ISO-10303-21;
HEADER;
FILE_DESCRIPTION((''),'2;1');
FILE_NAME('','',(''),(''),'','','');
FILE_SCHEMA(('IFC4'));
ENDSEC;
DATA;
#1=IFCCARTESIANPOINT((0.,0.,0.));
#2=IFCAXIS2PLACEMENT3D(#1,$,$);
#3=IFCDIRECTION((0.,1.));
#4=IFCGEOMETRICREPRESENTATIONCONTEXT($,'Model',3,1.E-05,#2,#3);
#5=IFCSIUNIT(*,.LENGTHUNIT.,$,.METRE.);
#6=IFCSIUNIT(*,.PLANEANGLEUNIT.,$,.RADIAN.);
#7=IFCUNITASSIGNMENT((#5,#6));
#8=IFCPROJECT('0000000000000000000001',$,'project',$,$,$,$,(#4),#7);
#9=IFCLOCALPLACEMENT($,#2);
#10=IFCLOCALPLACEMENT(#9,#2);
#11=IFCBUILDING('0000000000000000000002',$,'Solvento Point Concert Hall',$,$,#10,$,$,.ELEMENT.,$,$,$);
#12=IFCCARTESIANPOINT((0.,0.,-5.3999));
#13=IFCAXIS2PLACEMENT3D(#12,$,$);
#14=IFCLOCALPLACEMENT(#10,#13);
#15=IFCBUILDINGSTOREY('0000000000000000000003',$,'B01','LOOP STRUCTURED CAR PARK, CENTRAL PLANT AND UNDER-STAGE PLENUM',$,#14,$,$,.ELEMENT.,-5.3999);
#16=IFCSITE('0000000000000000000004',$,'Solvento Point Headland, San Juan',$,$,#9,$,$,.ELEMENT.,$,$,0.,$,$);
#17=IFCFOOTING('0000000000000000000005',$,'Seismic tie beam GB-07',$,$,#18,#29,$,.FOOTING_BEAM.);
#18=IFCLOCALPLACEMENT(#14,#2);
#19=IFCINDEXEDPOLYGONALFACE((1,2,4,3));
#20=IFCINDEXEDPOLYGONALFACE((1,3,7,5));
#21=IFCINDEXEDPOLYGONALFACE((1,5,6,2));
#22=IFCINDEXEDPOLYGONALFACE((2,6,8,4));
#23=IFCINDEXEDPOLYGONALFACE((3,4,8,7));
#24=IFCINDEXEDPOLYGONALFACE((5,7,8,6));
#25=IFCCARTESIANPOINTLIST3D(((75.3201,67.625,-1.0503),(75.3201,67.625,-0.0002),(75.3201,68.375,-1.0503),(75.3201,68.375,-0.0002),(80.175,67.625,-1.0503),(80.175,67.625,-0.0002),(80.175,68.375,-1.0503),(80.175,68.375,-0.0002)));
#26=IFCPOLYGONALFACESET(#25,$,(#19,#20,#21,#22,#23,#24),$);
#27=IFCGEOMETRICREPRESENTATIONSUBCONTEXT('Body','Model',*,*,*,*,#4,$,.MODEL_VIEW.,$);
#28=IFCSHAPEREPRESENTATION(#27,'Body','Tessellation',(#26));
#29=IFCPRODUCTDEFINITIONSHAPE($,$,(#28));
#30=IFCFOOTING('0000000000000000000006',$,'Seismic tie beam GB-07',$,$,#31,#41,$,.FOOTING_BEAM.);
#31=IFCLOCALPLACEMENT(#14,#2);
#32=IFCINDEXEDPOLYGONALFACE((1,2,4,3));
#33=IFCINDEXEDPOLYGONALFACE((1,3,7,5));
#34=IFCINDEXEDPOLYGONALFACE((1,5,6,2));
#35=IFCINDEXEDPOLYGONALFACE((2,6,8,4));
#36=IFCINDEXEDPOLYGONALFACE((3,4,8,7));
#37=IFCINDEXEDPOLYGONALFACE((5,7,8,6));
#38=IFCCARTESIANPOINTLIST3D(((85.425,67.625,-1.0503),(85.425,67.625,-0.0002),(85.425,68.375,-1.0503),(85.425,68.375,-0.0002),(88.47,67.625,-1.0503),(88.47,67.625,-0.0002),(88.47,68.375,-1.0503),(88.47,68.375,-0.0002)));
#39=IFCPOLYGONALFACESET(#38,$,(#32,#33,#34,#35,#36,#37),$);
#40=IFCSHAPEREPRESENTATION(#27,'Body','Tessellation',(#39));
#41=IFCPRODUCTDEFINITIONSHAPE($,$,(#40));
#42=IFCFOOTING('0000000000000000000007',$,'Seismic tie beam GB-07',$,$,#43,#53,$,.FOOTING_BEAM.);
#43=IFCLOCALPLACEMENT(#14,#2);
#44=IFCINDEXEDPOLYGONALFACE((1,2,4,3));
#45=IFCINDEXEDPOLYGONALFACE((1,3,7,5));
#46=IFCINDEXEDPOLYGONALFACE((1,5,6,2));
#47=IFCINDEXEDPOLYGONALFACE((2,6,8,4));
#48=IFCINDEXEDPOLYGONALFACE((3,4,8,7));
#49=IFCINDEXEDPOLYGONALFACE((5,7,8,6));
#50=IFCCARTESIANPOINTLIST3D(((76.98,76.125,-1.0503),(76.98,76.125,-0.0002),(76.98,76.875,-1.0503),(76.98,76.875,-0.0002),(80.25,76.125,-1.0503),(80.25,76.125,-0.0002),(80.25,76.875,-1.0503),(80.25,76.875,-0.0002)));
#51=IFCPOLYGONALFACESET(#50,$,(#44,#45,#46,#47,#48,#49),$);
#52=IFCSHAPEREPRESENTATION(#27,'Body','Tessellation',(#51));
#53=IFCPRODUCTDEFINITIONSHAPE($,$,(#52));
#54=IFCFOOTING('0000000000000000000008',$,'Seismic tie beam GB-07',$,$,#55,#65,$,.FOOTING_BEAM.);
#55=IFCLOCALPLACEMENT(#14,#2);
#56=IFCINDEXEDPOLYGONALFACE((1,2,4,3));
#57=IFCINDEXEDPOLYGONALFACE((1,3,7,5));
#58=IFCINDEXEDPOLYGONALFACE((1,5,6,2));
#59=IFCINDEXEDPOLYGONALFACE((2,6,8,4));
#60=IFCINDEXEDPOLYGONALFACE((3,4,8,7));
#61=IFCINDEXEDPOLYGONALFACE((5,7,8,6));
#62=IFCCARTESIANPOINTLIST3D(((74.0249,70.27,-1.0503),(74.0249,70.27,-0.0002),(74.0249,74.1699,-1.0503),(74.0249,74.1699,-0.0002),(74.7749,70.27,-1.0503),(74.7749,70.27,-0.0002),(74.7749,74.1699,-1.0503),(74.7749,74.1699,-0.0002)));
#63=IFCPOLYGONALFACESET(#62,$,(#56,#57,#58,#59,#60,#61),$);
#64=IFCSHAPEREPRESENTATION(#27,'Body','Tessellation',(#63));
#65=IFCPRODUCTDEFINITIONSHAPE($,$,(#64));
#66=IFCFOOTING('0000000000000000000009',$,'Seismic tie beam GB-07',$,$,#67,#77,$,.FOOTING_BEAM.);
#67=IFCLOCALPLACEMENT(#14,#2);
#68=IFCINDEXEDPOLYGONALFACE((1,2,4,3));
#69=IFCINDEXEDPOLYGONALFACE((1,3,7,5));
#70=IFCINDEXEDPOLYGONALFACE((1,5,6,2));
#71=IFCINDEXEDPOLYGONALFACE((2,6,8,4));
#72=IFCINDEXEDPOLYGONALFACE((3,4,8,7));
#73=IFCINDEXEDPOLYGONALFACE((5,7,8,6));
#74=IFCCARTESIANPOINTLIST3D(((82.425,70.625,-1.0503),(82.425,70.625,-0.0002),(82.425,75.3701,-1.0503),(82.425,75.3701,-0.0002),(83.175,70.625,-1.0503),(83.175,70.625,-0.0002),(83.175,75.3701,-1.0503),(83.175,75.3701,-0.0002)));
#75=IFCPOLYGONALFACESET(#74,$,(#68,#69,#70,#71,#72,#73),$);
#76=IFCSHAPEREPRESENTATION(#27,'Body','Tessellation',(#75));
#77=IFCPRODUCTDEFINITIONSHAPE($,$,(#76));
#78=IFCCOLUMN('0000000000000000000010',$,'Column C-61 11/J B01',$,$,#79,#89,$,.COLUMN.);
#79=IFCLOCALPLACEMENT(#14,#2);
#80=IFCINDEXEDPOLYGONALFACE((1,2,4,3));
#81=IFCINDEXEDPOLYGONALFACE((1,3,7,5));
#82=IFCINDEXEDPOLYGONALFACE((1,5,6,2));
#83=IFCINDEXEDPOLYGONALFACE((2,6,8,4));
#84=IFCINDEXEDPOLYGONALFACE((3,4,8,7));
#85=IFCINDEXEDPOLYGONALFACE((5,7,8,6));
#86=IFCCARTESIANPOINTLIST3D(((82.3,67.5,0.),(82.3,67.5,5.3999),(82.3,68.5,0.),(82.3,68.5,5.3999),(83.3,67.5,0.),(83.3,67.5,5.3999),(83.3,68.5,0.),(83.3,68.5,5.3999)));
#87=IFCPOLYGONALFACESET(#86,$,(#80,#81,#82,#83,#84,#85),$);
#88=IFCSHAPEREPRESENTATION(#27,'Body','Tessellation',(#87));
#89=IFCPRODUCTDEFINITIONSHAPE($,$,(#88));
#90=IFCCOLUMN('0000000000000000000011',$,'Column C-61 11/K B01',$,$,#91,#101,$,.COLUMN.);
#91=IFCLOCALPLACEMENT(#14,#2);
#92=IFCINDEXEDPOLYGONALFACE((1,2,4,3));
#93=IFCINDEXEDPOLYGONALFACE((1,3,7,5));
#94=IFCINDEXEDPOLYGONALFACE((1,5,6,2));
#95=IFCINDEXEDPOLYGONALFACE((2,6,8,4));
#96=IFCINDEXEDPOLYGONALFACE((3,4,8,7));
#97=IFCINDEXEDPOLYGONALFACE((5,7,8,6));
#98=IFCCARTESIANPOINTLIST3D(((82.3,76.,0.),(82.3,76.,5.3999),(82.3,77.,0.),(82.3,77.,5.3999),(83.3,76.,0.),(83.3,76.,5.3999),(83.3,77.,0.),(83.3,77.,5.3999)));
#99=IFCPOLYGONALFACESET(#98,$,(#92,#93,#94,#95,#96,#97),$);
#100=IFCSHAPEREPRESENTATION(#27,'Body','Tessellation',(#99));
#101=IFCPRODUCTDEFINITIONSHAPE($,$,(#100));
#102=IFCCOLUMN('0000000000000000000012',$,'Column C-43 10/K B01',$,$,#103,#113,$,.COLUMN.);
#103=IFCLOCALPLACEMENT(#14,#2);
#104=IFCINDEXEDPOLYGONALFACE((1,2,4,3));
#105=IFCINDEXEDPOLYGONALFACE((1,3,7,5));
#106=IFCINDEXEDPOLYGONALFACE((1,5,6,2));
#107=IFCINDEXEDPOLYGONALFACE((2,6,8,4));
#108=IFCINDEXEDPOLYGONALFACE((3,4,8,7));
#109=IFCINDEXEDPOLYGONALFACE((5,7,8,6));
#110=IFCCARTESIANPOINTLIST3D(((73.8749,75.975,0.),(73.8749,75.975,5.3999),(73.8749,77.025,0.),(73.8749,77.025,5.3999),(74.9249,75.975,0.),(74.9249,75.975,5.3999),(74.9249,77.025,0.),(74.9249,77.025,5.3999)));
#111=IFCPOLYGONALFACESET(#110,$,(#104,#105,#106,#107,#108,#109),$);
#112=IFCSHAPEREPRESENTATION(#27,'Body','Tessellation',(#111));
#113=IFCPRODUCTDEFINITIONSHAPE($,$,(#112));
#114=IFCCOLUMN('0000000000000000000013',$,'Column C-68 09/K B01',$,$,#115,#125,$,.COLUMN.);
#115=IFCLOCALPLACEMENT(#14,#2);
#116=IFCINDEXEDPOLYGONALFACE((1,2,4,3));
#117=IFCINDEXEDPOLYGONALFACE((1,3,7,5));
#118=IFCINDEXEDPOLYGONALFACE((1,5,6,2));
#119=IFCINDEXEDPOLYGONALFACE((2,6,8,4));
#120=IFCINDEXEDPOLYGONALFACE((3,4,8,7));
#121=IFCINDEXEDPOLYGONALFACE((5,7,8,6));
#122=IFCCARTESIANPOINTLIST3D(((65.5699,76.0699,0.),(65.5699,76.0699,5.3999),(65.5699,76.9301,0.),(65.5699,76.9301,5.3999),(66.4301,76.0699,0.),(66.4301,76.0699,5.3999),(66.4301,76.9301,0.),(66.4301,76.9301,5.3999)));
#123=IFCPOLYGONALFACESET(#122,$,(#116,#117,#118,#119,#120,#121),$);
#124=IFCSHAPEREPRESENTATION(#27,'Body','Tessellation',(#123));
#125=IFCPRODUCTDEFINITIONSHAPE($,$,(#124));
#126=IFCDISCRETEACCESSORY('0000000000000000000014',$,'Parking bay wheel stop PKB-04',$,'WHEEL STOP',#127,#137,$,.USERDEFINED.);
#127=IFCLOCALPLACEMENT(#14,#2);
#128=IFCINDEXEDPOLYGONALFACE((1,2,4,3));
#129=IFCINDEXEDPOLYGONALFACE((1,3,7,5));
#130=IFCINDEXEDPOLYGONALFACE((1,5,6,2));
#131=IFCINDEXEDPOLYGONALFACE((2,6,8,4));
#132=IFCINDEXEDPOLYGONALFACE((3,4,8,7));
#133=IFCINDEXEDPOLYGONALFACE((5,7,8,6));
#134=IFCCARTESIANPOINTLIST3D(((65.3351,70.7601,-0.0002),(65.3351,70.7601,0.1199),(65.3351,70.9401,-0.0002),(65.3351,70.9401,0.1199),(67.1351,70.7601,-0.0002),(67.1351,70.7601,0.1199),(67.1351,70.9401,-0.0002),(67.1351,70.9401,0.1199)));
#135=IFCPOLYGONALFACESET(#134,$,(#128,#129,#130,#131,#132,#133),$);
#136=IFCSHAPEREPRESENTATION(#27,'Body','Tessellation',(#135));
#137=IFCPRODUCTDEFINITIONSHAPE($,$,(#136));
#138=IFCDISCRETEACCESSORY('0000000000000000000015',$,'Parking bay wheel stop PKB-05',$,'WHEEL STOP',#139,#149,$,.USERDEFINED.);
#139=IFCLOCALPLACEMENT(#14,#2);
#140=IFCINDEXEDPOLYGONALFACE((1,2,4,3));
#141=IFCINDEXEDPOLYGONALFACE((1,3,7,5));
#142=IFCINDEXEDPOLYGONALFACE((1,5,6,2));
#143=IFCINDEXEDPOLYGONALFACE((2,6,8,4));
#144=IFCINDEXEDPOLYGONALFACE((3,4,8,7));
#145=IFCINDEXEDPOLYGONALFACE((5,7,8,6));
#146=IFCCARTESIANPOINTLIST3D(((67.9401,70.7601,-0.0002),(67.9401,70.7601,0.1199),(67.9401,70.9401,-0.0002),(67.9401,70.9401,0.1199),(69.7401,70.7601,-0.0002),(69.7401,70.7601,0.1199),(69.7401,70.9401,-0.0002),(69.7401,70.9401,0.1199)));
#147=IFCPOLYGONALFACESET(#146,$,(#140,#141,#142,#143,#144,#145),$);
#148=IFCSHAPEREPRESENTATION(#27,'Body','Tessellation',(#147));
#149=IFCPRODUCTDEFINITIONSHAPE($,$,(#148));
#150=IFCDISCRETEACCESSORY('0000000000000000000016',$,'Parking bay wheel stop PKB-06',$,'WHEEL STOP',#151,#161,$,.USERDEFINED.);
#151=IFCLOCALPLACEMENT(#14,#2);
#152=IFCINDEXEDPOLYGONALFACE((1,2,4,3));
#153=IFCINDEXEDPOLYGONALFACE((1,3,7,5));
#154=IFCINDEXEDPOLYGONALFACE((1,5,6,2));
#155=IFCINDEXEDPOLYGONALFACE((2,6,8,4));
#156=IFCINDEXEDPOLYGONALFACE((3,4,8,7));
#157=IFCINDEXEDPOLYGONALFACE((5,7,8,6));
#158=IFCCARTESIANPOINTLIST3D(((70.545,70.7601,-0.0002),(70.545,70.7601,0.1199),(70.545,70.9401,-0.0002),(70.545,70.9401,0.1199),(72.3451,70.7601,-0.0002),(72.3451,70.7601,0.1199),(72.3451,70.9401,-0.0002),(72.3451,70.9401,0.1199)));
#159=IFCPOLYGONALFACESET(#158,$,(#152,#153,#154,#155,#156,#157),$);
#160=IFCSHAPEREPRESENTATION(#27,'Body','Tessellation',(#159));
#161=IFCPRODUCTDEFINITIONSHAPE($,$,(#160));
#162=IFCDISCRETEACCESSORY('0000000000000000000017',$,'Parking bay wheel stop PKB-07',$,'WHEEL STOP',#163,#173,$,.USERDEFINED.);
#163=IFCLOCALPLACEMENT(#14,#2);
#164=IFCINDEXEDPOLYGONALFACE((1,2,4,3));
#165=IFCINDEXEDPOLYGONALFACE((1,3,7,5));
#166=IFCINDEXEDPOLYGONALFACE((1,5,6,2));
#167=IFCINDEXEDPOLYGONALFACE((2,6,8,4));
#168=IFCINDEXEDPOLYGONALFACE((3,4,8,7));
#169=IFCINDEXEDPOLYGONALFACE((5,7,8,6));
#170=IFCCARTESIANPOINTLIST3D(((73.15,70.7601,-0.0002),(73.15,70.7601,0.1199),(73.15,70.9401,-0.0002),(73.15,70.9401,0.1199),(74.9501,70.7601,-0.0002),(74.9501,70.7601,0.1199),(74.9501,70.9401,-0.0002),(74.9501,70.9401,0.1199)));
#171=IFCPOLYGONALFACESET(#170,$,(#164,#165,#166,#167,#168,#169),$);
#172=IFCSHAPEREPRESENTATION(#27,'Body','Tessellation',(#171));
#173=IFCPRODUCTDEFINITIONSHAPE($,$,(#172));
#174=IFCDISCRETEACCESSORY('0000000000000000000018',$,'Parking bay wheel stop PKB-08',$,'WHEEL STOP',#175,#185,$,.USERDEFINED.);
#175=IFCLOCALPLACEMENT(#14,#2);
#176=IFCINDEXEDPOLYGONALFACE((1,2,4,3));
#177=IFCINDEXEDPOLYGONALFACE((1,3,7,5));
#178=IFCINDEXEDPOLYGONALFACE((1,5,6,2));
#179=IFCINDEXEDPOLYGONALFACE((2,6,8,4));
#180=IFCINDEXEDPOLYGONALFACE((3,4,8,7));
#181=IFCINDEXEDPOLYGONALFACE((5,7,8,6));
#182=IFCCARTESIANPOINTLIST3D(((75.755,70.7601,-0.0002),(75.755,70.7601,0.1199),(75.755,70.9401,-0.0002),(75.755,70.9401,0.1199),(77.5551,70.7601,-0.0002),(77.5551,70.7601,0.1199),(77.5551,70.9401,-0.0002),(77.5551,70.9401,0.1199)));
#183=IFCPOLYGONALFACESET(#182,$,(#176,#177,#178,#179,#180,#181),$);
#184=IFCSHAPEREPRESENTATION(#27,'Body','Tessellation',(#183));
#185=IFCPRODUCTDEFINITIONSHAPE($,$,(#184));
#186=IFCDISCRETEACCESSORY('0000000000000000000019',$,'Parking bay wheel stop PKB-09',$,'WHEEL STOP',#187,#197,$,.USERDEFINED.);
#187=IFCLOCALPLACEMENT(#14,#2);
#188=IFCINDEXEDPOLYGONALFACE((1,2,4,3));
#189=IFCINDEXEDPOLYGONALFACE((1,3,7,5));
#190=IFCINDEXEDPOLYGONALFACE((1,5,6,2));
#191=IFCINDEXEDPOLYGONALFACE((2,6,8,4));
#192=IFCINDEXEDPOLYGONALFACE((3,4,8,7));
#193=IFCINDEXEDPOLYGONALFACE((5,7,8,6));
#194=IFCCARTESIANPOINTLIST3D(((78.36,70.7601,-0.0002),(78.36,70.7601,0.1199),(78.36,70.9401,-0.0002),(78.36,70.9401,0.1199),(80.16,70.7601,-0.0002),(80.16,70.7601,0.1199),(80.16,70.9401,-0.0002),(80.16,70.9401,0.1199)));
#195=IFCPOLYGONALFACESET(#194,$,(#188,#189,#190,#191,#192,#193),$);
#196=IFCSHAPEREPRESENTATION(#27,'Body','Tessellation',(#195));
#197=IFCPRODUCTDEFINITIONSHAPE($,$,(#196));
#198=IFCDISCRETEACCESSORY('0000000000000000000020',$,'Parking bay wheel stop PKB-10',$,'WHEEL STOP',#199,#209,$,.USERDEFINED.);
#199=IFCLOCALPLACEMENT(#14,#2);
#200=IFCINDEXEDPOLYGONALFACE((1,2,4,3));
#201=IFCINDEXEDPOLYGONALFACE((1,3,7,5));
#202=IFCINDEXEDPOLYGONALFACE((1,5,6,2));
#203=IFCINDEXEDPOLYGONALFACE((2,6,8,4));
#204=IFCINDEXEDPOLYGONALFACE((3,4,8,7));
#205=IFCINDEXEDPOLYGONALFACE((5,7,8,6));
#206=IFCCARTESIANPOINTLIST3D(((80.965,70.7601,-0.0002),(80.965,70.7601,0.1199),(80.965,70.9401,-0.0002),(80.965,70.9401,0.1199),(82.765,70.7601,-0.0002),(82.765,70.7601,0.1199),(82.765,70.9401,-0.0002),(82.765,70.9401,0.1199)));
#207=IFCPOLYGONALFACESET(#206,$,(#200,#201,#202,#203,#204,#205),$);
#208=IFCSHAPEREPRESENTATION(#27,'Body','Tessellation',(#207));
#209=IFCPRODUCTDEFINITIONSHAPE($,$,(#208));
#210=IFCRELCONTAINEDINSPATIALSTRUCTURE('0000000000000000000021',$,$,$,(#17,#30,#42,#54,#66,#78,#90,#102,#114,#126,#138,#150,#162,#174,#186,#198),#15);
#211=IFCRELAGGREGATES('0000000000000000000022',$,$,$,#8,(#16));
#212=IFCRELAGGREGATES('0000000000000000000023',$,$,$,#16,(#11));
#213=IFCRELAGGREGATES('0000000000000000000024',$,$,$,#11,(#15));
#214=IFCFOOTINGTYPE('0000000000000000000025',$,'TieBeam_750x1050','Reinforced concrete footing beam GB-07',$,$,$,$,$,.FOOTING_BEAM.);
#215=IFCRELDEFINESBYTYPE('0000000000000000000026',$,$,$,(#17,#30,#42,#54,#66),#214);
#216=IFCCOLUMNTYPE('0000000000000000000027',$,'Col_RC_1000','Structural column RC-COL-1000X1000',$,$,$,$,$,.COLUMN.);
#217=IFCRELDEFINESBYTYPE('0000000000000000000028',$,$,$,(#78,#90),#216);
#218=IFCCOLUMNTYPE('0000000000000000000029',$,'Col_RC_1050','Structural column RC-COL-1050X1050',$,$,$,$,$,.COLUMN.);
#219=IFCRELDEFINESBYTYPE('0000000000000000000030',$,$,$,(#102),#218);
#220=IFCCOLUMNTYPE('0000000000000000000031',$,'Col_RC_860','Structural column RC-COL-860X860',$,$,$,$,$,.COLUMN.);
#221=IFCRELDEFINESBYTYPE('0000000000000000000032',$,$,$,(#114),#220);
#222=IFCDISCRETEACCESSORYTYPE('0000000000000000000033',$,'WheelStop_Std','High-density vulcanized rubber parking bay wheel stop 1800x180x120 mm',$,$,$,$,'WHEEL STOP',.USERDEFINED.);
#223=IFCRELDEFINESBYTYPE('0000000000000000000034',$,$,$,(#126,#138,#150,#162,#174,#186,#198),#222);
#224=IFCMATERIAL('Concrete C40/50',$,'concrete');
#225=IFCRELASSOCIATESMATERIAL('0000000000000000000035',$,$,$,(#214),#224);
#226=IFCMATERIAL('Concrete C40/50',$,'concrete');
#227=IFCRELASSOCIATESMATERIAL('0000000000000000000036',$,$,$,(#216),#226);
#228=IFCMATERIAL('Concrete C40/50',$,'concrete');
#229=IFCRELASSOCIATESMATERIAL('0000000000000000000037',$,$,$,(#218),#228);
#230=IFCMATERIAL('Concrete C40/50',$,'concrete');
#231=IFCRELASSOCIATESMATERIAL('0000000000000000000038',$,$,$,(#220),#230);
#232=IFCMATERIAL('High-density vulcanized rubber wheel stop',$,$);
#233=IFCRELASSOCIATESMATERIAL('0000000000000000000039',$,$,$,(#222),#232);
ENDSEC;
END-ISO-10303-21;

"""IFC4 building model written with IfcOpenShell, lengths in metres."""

from ifc_helpers import new_model, si_unit, direction, frame, origin, origin_2d, place, context, subcontext, project, spatial, rectangle, extrude, material, material_profile, profile_set, type_object, element, save


model = new_model("IFC4")

# Units and contexts
model_context = context("Model", 3, precision=1e-05, world=origin(), true_north=direction((0.0, 1.0)))
body_context = subcontext(model_context, "Body", "Model", "MODEL_VIEW")
ifc_project = project(units=[si_unit("LENGTHUNIT", "METRE"), si_unit("PLANEANGLEUNIT", "RADIAN")], contexts=[model_context])

# Site, building, storey
site_placement = place(None, origin())
site = spatial("IfcSite", under=ifc_project, at=site_placement, Name="Solvento Point Headland, San Juan", CompositionType="ELEMENT", RefElevation=0.0)
building_placement = place(site_placement, origin())
building = spatial("IfcBuilding", under=site, at=building_placement, Name="Solvento Point Concert Hall", CompositionType="ELEMENT")
storey_placement = place(building_placement, frame((0.0, 0.0, -5.3999)))
storey = spatial("IfcBuildingStorey", under=building, at=storey_placement, Name="B01", Description="LOOP STRUCTURED CAR PARK, CENTRAL PLANT AND UNDER-STAGE PLENUM", CompositionType="ELEMENT", Elevation=-5.3999)

# Footings
ifc_material_1 = material(Name="Concrete C40/50", Category="concrete")
footing_type_1 = type_object("IfcFootingType", Name="TieBeam_750x1050", Description="Reinforced concrete footing beam GB-07", PredefinedType="FOOTING_BEAM", material=ifc_material_1)
footing_1_placement = place(storey_placement, frame((77.7476, 68.0, -1.0503), z_axis=(0.0, 0.0, 1.0), x_axis=(1.0, 0.0, 0.0)))
element("IfcFooting", 1, at=footing_1_placement, inside=storey, type_object=footing_type_1, Name="Seismic tie beam GB-07", PredefinedType="FOOTING_BEAM", context=body_context, shape_type="SweptSolid", body=[
    extrude(rectangle(XDim=4.855, YDim=0.75, at=origin_2d()), origin(), (0.0, 0.0, 1.0), 1.05),
])
footing_2_placement = place(storey_placement, frame((86.9475, 68.0, -1.0503), z_axis=(0.0, 0.0, 1.0), x_axis=(1.0, 0.0, 0.0)))
element("IfcFooting", 2, at=footing_2_placement, inside=storey, type_object=footing_type_1, Name="Seismic tie beam GB-07", PredefinedType="FOOTING_BEAM", context=body_context, shape_type="SweptSolid", body=[
    extrude(rectangle(XDim=3.0449, YDim=0.75, at=origin_2d()), origin(), (0.0, 0.0, 1.0), 1.05),
])
footing_3_placement = place(storey_placement, frame((78.615, 76.5, -1.0503), z_axis=(0.0, 0.0, 1.0), x_axis=(1.0, 0.0, 0.0)))
element("IfcFooting", 3, at=footing_3_placement, inside=storey, type_object=footing_type_1, Name="Seismic tie beam GB-07", PredefinedType="FOOTING_BEAM", context=body_context, shape_type="SweptSolid", body=[
    extrude(rectangle(XDim=3.27, YDim=0.75, at=origin_2d()), origin(), (0.0, 0.0, 1.0), 1.05),
])
footing_4_placement = place(storey_placement, frame((74.3999, 72.22, -1.0503), z_axis=(0.0, 0.0, 1.0), x_axis=(0.0, 1.0, 0.0)))
element("IfcFooting", 4, at=footing_4_placement, inside=storey, type_object=footing_type_1, Name="Seismic tie beam GB-07", PredefinedType="FOOTING_BEAM", context=body_context, shape_type="SweptSolid", body=[
    extrude(rectangle(XDim=3.8999, YDim=0.75, at=origin_2d()), origin(), (0.0, 0.0, 1.0), 1.05),
])
footing_5_placement = place(storey_placement, frame((82.8, 72.9976, -1.0503), z_axis=(0.0, 0.0, 1.0), x_axis=(0.0, 1.0, 0.0)))
element("IfcFooting", 5, at=footing_5_placement, inside=storey, type_object=footing_type_1, Name="Seismic tie beam GB-07", PredefinedType="FOOTING_BEAM", context=body_context, shape_type="SweptSolid", body=[
    extrude(rectangle(XDim=4.7451, YDim=0.75, at=origin_2d()), origin(), (0.0, 0.0, 1.0), 1.05),
])

# Columns
ifc_material_2 = material(Name="Concrete C40/50", Category="concrete")
ifc_material_profile_1 = material_profile(ifc_material_2, rectangle(XDim=1.0, YDim=1.0, at=origin_2d()), Name="RC-COL-1000X1000")
ifc_profile_set_1 = profile_set([ifc_material_profile_1], Name="Concrete C40/50")
column_type_1 = type_object("IfcColumnType", Name="Col_RC_1000", Description="Structural column RC-COL-1000X1000", PredefinedType="COLUMN", material=ifc_profile_set_1)
for number, where, z_axis, x_axis, name in (
    (6, (82.8, 68.0, 0.0), (0.0, 0.0, 1.0), (1.0, 0.0, 0.0), "Column C-61 11/J B01"),
    (7, (82.8, 76.5, 0.0), (0.0, 0.0, 1.0), (1.0, 0.0, 0.0), "Column C-61 11/K B01"),
):
    element("IfcColumn", number, at=place(storey_placement, frame(where, z_axis=z_axis, x_axis=x_axis)), inside=storey, type_object=column_type_1, Name=name, PredefinedType="COLUMN", context=body_context, shape_type="SweptSolid", body=[
        extrude(rectangle(XDim=1.0, YDim=1.0, at=origin_2d()), origin(), (0.0, 0.0, 1.0), 5.3999),
    ])
ifc_material_3 = material(Name="Concrete C40/50", Category="concrete")
ifc_material_profile_2 = material_profile(ifc_material_3, rectangle(XDim=1.05, YDim=1.05, at=origin_2d()), Name="RC-COL-1050X1050")
ifc_profile_set_2 = profile_set([ifc_material_profile_2], Name="Concrete C40/50")
column_type_2 = type_object("IfcColumnType", Name="Col_RC_1050", Description="Structural column RC-COL-1050X1050", PredefinedType="COLUMN", material=ifc_profile_set_2)
column_1_placement = place(storey_placement, frame((74.3999, 76.5, 0.0), z_axis=(0.0, 0.0, 1.0), x_axis=(1.0, 0.0, 0.0)))
element("IfcColumn", 8, at=column_1_placement, inside=storey, type_object=column_type_2, Name="Column C-43 10/K B01", PredefinedType="COLUMN", context=body_context, shape_type="SweptSolid", body=[
    extrude(rectangle(XDim=1.05, YDim=1.05, at=origin_2d()), origin(), (0.0, 0.0, 1.0), 5.3999),
])
ifc_material_4 = material(Name="Concrete C40/50", Category="concrete")
ifc_material_profile_3 = material_profile(ifc_material_4, rectangle(XDim=0.8601, YDim=0.8601, at=origin_2d()), Name="RC-COL-860X860")
ifc_profile_set_3 = profile_set([ifc_material_profile_3], Name="Concrete C40/50")
column_type_3 = type_object("IfcColumnType", Name="Col_RC_860", Description="Structural column RC-COL-860X860", PredefinedType="COLUMN", material=ifc_profile_set_3)
column_2_placement = place(storey_placement, frame((66.0, 76.5, 0.0), z_axis=(0.0, 0.0, 1.0), x_axis=(1.0, 0.0, 0.0)))
element("IfcColumn", 9, at=column_2_placement, inside=storey, type_object=column_type_3, Name="Column C-68 09/K B01", PredefinedType="COLUMN", context=body_context, shape_type="SweptSolid", body=[
    extrude(rectangle(XDim=0.8601, YDim=0.8601, at=origin_2d()), origin(), (0.0, 0.0, 1.0), 5.3999),
])

# Discrete accessories
ifc_material_5 = material(Name="High-density vulcanized rubber wheel stop")
discrete_accessory_type = type_object("IfcDiscreteAccessoryType", Name="WheelStop_Std", Description="High-density vulcanized rubber parking bay wheel stop 1800x180x120 mm", ElementType="WHEEL STOP", PredefinedType="USERDEFINED", material=ifc_material_5)
for number, where, z_axis, x_axis, name in (
    (10, (66.2351, 70.8501, -0.0002), (0.0, 0.0, 1.0), (1.0, 0.0, 0.0), "Parking bay wheel stop PKB-04"),
    (11, (68.8401, 70.8501, -0.0002), (0.0, 0.0, 1.0), (1.0, 0.0, 0.0), "Parking bay wheel stop PKB-05"),
    (12, (71.4451, 70.8501, -0.0002), (0.0, 0.0, 1.0), (1.0, 0.0, 0.0), "Parking bay wheel stop PKB-06"),
    (13, (74.05, 70.8501, -0.0002), (0.0, 0.0, 1.0), (1.0, 0.0, 0.0), "Parking bay wheel stop PKB-07"),
    (14, (76.655, 70.8501, -0.0002), (0.0, 0.0, 1.0), (1.0, 0.0, 0.0), "Parking bay wheel stop PKB-08"),
    (15, (79.26, 70.8501, -0.0002), (0.0, 0.0, 1.0), (1.0, 0.0, 0.0), "Parking bay wheel stop PKB-09"),
    (16, (81.865, 70.8501, -0.0002), (0.0, 0.0, 1.0), (1.0, 0.0, 0.0), "Parking bay wheel stop PKB-10"),
):
    element("IfcDiscreteAccessory", number, at=place(storey_placement, frame(where, z_axis=z_axis, x_axis=x_axis)), inside=storey, type_object=discrete_accessory_type, Name=name, ObjectType="WHEEL STOP", PredefinedType="USERDEFINED", context=body_context, shape_type="SweptSolid", body=[
        extrude(rectangle(XDim=1.8, YDim=0.1799, at=origin_2d()), origin(), (0.0, 0.0, 1.0), 0.1201),
    ])

save(model, "model.ifc")
